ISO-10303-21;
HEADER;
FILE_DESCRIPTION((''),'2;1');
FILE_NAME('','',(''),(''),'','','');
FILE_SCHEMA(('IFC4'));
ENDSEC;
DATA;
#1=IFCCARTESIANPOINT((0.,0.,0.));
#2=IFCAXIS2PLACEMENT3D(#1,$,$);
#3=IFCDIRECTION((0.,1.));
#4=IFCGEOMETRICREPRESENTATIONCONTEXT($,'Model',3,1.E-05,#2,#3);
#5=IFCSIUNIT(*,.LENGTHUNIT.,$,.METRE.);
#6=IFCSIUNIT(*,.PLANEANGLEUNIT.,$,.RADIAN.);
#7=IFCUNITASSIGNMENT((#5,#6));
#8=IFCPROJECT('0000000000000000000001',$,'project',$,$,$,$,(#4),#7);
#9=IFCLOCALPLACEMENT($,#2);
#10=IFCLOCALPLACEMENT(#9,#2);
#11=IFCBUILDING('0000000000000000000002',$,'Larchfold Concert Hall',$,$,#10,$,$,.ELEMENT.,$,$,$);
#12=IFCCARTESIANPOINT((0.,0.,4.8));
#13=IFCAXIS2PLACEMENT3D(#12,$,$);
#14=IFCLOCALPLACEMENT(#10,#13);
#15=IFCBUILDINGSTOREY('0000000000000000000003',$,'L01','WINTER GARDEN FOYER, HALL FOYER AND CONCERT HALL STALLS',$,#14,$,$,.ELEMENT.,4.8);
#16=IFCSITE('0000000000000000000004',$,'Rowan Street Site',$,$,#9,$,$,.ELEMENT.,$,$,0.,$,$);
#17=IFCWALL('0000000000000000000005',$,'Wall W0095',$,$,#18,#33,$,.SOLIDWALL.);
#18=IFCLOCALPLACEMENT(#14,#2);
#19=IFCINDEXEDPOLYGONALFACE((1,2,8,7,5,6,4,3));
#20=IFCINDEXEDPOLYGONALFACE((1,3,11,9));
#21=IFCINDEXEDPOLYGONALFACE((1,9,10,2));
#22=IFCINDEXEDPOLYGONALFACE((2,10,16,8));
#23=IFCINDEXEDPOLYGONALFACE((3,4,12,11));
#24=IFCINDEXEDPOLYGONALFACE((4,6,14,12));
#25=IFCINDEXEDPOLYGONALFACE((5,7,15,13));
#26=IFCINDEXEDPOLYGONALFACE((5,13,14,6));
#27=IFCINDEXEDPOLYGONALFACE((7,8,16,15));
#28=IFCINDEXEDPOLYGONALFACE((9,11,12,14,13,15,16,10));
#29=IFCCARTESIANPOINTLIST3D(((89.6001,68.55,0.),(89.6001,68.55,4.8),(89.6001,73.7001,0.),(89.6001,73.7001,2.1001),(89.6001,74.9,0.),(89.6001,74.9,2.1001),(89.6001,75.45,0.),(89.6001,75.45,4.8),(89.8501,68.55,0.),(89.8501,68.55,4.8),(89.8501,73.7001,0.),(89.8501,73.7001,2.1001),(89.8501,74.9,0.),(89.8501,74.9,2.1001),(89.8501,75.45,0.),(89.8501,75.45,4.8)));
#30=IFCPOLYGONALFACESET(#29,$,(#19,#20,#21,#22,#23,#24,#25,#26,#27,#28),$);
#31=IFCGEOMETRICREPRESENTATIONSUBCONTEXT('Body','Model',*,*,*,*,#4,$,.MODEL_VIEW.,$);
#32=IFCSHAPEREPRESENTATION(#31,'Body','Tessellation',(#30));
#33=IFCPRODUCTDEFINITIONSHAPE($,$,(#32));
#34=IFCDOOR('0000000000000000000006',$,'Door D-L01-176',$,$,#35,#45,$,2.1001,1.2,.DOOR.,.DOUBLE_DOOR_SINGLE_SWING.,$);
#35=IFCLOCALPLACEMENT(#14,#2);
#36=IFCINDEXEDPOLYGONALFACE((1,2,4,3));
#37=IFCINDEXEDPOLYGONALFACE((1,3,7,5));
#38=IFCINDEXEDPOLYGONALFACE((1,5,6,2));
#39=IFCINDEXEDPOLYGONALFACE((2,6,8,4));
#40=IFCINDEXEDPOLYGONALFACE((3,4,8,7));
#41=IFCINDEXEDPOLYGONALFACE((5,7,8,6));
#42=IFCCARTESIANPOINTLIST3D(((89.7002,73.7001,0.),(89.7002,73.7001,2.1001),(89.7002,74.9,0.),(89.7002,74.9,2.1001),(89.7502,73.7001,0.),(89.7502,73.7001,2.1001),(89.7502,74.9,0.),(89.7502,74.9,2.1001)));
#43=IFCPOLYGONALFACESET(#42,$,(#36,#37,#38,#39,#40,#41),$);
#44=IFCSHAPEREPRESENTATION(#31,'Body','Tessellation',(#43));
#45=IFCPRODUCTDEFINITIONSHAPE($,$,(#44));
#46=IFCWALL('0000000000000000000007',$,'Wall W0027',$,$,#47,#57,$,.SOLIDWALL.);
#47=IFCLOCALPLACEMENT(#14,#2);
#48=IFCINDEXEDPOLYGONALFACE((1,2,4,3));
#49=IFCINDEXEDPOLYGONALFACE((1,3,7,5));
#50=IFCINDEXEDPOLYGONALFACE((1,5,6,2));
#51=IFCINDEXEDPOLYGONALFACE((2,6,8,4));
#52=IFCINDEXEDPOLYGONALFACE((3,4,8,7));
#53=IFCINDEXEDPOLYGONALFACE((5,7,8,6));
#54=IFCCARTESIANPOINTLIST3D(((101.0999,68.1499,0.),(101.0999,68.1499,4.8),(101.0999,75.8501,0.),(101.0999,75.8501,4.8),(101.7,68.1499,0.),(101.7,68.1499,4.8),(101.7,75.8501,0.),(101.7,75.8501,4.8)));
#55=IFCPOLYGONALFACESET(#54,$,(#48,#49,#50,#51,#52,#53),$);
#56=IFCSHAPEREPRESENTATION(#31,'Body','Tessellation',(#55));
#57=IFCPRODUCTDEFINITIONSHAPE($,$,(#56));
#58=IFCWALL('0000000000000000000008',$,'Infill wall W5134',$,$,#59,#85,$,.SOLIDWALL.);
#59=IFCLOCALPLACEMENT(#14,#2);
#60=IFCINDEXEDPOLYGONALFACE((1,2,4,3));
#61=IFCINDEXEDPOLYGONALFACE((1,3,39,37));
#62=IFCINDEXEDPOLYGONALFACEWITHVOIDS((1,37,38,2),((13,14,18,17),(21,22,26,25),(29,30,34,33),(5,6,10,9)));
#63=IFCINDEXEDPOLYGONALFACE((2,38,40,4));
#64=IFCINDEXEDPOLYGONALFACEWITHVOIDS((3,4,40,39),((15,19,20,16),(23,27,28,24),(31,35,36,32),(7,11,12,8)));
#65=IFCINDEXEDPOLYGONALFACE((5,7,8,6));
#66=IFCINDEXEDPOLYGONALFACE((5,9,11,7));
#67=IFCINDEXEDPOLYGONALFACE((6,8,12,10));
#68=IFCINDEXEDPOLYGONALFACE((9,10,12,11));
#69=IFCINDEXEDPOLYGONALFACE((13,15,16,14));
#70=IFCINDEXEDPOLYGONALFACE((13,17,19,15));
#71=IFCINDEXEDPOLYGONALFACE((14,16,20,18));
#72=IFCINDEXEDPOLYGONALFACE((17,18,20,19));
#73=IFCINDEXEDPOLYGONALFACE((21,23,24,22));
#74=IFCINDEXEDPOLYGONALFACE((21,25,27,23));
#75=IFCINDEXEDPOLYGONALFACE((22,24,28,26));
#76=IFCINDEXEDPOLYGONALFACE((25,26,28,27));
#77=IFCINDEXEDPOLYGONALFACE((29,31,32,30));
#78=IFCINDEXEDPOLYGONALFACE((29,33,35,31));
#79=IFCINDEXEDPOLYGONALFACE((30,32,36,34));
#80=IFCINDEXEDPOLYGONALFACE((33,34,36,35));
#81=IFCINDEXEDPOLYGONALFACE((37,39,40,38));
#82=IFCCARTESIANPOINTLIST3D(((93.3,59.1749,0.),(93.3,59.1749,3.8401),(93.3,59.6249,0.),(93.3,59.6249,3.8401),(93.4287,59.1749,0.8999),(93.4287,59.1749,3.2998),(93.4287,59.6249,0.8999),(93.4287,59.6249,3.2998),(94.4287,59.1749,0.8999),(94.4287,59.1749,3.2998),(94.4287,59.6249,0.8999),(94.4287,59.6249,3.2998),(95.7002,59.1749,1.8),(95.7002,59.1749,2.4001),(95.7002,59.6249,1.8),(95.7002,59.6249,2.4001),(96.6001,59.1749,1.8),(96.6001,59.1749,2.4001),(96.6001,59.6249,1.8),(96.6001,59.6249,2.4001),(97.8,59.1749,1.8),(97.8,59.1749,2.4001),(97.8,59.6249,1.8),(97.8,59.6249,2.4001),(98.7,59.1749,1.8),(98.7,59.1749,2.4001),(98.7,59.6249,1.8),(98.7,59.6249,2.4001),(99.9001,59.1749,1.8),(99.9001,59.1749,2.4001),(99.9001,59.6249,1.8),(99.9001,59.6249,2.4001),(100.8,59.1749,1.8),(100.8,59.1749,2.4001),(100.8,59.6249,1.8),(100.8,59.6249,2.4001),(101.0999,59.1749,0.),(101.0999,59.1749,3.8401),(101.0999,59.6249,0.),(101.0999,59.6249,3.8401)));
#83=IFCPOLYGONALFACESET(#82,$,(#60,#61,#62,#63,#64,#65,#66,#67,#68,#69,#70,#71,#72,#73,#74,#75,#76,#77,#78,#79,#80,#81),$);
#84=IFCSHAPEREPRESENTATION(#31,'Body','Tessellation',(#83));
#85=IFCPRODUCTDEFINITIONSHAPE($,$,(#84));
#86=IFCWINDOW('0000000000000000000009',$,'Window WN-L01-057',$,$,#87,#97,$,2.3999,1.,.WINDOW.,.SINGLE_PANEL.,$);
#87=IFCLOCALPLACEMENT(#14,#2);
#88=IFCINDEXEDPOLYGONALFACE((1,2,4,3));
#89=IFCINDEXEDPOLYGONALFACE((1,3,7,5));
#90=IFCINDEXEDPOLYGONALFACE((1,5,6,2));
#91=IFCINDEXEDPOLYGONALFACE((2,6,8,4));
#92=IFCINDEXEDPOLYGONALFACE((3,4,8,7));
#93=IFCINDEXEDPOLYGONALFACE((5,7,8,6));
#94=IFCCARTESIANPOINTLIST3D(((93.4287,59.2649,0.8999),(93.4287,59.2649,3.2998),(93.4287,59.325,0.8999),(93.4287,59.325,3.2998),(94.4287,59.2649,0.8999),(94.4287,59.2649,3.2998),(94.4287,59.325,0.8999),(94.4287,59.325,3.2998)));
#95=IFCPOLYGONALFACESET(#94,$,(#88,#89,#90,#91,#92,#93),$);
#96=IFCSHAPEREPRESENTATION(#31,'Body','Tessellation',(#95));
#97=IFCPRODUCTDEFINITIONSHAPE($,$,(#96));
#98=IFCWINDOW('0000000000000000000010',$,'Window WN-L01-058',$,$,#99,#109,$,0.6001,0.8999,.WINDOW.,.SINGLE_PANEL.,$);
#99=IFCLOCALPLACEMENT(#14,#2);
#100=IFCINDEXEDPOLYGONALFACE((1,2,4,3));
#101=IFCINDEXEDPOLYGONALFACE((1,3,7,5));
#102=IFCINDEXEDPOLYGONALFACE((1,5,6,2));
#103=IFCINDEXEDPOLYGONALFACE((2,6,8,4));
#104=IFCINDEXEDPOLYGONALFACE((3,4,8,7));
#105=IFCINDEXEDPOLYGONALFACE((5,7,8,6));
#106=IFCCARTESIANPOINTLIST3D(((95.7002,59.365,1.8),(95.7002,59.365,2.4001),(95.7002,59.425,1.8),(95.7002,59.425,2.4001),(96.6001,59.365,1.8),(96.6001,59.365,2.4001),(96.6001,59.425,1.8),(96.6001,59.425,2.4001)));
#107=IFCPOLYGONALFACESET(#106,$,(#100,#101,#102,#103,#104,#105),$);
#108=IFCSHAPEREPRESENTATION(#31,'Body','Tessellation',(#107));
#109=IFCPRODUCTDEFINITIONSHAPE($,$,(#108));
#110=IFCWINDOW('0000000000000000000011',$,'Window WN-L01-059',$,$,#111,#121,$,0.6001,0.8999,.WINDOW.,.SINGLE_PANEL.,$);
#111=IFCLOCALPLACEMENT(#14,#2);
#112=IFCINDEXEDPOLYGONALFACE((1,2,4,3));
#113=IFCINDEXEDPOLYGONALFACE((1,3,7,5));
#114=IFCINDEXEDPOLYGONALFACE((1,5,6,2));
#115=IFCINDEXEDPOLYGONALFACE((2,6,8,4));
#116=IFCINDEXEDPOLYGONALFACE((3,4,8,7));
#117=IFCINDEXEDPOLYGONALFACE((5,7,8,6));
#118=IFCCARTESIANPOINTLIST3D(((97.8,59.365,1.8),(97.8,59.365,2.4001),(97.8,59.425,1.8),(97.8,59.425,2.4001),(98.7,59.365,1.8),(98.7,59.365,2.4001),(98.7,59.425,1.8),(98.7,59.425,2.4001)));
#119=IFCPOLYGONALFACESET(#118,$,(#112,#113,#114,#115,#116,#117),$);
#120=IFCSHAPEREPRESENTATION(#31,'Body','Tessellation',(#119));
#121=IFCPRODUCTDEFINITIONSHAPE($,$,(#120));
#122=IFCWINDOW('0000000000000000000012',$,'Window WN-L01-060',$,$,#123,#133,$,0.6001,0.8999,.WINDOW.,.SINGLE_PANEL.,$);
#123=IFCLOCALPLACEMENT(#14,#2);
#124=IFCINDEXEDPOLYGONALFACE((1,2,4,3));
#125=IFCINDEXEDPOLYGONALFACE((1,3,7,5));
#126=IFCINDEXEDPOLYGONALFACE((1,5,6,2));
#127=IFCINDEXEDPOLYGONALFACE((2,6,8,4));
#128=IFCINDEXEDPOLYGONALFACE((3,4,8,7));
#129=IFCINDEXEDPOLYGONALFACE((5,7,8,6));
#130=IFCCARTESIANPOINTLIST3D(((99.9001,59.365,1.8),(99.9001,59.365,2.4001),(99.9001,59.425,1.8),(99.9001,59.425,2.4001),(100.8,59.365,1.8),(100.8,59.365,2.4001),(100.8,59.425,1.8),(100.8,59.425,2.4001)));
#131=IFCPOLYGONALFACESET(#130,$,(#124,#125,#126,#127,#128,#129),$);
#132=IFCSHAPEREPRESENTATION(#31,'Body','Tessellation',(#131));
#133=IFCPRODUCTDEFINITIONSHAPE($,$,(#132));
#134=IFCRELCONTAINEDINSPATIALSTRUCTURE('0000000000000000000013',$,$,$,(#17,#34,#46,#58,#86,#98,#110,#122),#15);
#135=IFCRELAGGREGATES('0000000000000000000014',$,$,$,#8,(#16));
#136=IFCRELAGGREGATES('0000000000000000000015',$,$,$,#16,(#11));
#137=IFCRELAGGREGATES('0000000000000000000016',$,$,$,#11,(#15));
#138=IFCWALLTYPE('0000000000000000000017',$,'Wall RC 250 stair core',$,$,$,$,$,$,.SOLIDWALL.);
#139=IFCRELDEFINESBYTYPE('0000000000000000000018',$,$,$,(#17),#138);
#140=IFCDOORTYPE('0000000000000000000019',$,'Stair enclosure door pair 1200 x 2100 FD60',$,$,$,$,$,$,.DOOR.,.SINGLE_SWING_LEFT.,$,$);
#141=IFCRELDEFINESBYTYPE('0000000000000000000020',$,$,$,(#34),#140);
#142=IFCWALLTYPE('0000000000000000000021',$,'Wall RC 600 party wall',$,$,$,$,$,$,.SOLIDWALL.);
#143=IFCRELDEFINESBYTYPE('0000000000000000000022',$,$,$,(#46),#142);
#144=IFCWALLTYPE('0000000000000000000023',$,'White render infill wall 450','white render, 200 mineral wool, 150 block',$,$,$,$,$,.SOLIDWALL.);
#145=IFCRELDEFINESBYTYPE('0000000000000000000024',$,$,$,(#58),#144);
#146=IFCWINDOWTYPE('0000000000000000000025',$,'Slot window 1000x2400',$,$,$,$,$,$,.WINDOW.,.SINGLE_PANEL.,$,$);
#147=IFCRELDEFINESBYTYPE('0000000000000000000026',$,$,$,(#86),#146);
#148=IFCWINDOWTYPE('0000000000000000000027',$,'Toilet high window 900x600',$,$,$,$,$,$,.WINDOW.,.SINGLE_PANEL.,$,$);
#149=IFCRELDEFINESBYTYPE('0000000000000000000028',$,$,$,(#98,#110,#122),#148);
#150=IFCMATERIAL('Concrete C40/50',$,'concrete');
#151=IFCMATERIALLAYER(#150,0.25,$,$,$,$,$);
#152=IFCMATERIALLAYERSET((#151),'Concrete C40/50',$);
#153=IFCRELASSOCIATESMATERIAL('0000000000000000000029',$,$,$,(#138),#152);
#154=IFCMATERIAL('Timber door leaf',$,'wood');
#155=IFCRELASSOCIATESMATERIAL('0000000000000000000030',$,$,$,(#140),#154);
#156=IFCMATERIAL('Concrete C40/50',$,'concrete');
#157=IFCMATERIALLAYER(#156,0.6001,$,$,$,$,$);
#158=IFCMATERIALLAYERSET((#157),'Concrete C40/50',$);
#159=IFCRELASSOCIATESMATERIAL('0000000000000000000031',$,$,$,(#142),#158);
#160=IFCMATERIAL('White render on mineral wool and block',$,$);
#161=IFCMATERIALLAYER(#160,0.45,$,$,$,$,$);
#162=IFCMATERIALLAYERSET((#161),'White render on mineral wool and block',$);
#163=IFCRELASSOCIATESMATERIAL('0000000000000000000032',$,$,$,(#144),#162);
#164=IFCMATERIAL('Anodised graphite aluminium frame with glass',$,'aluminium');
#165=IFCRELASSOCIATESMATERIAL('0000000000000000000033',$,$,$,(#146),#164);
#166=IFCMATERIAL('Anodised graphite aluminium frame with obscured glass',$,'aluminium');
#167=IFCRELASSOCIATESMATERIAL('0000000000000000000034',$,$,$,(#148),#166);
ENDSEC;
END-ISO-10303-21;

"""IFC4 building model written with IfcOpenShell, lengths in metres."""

from ifc_helpers import new_model, si_unit, direction, frame, frame_2d, origin, place, context, subcontext, project, spatial, rectangle, extrude, material, layer, layer_set, type_object, element, fill, save


model = new_model("IFC4")

# Units and contexts
model_context = context("Model", 3, precision=1e-05, world=origin(), true_north=direction((0.0, 1.0)))
body_context = subcontext(model_context, "Body", "Model", "MODEL_VIEW")
ifc_project = project(units=[si_unit("LENGTHUNIT", "METRE"), si_unit("PLANEANGLEUNIT", "RADIAN")], contexts=[model_context])

# Site, building, storey
site_placement = place(None, origin())
site = spatial("IfcSite", under=ifc_project, at=site_placement, Name="Rowan Street Site", CompositionType="ELEMENT", RefElevation=0.0)
building_placement = place(site_placement, origin())
building = spatial("IfcBuilding", under=site, at=building_placement, Name="Larchfold Concert Hall", CompositionType="ELEMENT")
storey_placement = place(building_placement, frame((0.0, 0.0, 4.8)))
storey = spatial("IfcBuildingStorey", under=building, at=storey_placement, Name="L01", Description="WINTER GARDEN FOYER, HALL FOYER AND CONCERT HALL STALLS", CompositionType="ELEMENT", Elevation=4.8)

# Wall, opening, door
ifc_material_1 = material(Name="Concrete C40/50", Category="concrete")
ifc_layer_1 = layer(ifc_material_1, 0.25)
ifc_layer_set_1 = layer_set([ifc_layer_1], Name="Concrete C40/50")
wall_type_1 = type_object("IfcWallType", Name="Wall RC 250 stair core", PredefinedType="SOLIDWALL", material=ifc_layer_set_1)
wall_1_placement = place(storey_placement, frame((89.7251, 68.55, 0.0), z_axis=(0.0, 0.0, 1.0), x_axis=(0.0, 1.0, 0.0)))
wall_1 = element("IfcWall", 1, at=wall_1_placement, inside=storey, type_object=wall_type_1, Name="Wall W0095", PredefinedType="SOLIDWALL", context=body_context, shape_type="SweptSolid", body=[
    extrude(rectangle(XDim=6.8999, YDim=0.25, at=frame_2d((3.45, 0.0))), origin(), (0.0, 0.0, 1.0), 4.8),
])
opening_1_placement = place(wall_1_placement, frame((5.1499, 0.0, 0.0)))
opening_1 = element("IfcOpeningElement", 2, at=opening_1_placement, cuts=wall_1, PredefinedType="OPENING", context=body_context, shape_type="SweptSolid", body=[
    extrude(rectangle(XDim=1.2, YDim=2.1001, at=frame_2d((0.6001, 1.05))), frame((0.0, 0.135, 0.0), z_axis=(0.0, -1.0, 0.0), x_axis=(1.0, 0.0, 0.0)), (0.0, 0.0, 1.0), 0.27),
])
ifc_material_2 = material(Name="Timber door leaf", Category="wood")
door_type = type_object("IfcDoorType", Name="Stair enclosure door pair 1200 x 2100 FD60", OperationType="SINGLE_SWING_LEFT", PredefinedType="DOOR", material=ifc_material_2)
door_placement = place(opening_1_placement, origin())
door = element("IfcDoor", 3, at=door_placement, inside=storey, type_object=door_type, Name="Door D-L01-176", OperationType="DOUBLE_DOOR_SINGLE_SWING", OverallHeight=2.1001, OverallWidth=1.2, PredefinedType="DOOR", context=body_context, shape_type="SweptSolid", body=[
    extrude(rectangle(XDim=1.2, YDim=2.1001, at=frame_2d((0.6001, 1.05))), frame((0.0, 0.0249, 0.0), z_axis=(0.0, -1.0, 0.0), x_axis=(1.0, 0.0, 0.0)), (0.0, 0.0, 1.0), 0.05),
])
fill(opening_1, door)

# Wall
ifc_material_3 = material(Name="Concrete C40/50", Category="concrete")
ifc_layer_2 = layer(ifc_material_3, 0.6001)
ifc_layer_set_2 = layer_set([ifc_layer_2], Name="Concrete C40/50")
wall_type_2 = type_object("IfcWallType", Name="Wall RC 600 party wall", PredefinedType="SOLIDWALL", material=ifc_layer_set_2)
wall_2_placement = place(storey_placement, frame((101.3999, 68.1499, 0.0), z_axis=(0.0, 0.0, 1.0), x_axis=(0.0, 1.0, 0.0)))
element("IfcWall", 4, at=wall_2_placement, inside=storey, type_object=wall_type_2, Name="Wall W0027", PredefinedType="SOLIDWALL", context=body_context, shape_type="SweptSolid", body=[
    extrude(rectangle(XDim=7.7002, YDim=0.6001, at=frame_2d((3.8501, 0.0))), origin(), (0.0, 0.0, 1.0), 4.8),
])

# Wall, openings, windows
ifc_material_4 = material(Name="White render on mineral wool and block")
ifc_layer_3 = layer(ifc_material_4, 0.45)
ifc_layer_set_3 = layer_set([ifc_layer_3], Name="White render on mineral wool and block")
wall_type_3 = type_object("IfcWallType", Name="White render infill wall 450", Description="white render, 200 mineral wool, 150 block", PredefinedType="SOLIDWALL", material=ifc_layer_set_3)
wall_3_placement = place(storey_placement, frame((101.0999, 59.3999, 0.0), z_axis=(0.0, 0.0, 1.0), x_axis=(-1.0, 0.0, 0.0)))
wall_3 = element("IfcWall", 5, at=wall_3_placement, inside=storey, type_object=wall_type_3, Name="Infill wall W5134", PredefinedType="SOLIDWALL", context=body_context, shape_type="SweptSolid", body=[
    extrude(rectangle(XDim=7.7998, YDim=0.45, at=frame_2d((3.8999, 0.0))), origin(), (0.0, 0.0, 1.0), 3.8401),
])
opening_2_placement = place(wall_3_placement, frame((6.6711, 0.0, 0.8999)))
opening_2 = element("IfcOpeningElement", 6, at=opening_2_placement, cuts=wall_3, PredefinedType="OPENING", context=body_context, shape_type="SweptSolid", body=[
    extrude(rectangle(XDim=1.0, YDim=2.3999, at=frame_2d((0.5, 1.2))), frame((0.0, 0.2349, 0.0), z_axis=(0.0, -1.0, 0.0), x_axis=(1.0, 0.0, 0.0)), (0.0, 0.0, 1.0), 0.47),
])
opening_3_placement = place(wall_3_placement, frame((4.4998, 0.0, 1.8)))
opening_3 = element("IfcOpeningElement", 7, at=opening_3_placement, cuts=wall_3, PredefinedType="OPENING", context=body_context, shape_type="SweptSolid", body=[
    extrude(rectangle(XDim=0.8999, YDim=0.6001, at=frame_2d((0.45, 0.3))), frame((0.0, 0.2349, 0.0), z_axis=(0.0, -1.0, 0.0), x_axis=(1.0, 0.0, 0.0)), (0.0, 0.0, 1.0), 0.47),
])
opening_4_placement = place(wall_3_placement, frame((2.3999, 0.0, 1.8)))
opening_4 = element("IfcOpeningElement", 8, at=opening_4_placement, cuts=wall_3, PredefinedType="OPENING", context=body_context, shape_type="SweptSolid", body=[
    extrude(rectangle(XDim=0.8999, YDim=0.6001, at=frame_2d((0.45, 0.3))), frame((0.0, 0.2349, 0.0), z_axis=(0.0, -1.0, 0.0), x_axis=(1.0, 0.0, 0.0)), (0.0, 0.0, 1.0), 0.47),
])
opening_5_placement = place(wall_3_placement, frame((0.2998, 0.0, 1.8)))
opening_5 = element("IfcOpeningElement", 9, at=opening_5_placement, cuts=wall_3, PredefinedType="OPENING", context=body_context, shape_type="SweptSolid", body=[
    extrude(rectangle(XDim=0.8999, YDim=0.6001, at=frame_2d((0.45, 0.3))), frame((0.0, 0.2349, 0.0), z_axis=(0.0, -1.0, 0.0), x_axis=(1.0, 0.0, 0.0)), (0.0, 0.0, 1.0), 0.47),
])
ifc_material_5 = material(Name="Anodised graphite aluminium frame with glass", Category="aluminium")
window_type_1 = type_object("IfcWindowType", Name="Slot window 1000x2400", PartitioningType="SINGLE_PANEL", PredefinedType="WINDOW", material=ifc_material_5)
window_1_placement = place(opening_2_placement, origin())
window_1 = element("IfcWindow", 10, at=window_1_placement, inside=storey, type_object=window_type_1, Name="Window WN-L01-057", OverallHeight=2.3999, OverallWidth=1.0, PartitioningType="SINGLE_PANEL", PredefinedType="WINDOW", context=body_context, shape_type="SweptSolid", body=[
    extrude(rectangle(XDim=1.0, YDim=2.3999, at=frame_2d((0.5, 1.2))), frame((0.0, 0.135, 0.0), z_axis=(0.0, -1.0, 0.0), x_axis=(1.0, 0.0, 0.0)), (0.0, 0.0, 1.0), 0.0601),
])
fill(opening_2, window_1)
ifc_material_6 = material(Name="Anodised graphite aluminium frame with obscured glass", Category="aluminium")
window_type_2 = type_object("IfcWindowType", Name="Toilet high window 900x600", PartitioningType="SINGLE_PANEL", PredefinedType="WINDOW", material=ifc_material_6)
window_2_placement = place(opening_3_placement, origin())
window_2 = element("IfcWindow", 11, at=window_2_placement, inside=storey, type_object=window_type_2, Name="Window WN-L01-058", OverallHeight=0.6001, OverallWidth=0.8999, PartitioningType="SINGLE_PANEL", PredefinedType="WINDOW", context=body_context, shape_type="SweptSolid", body=[
    extrude(rectangle(XDim=0.8999, YDim=0.6001, at=frame_2d((0.45, 0.3))), frame((0.0, 0.0349, 0.0), z_axis=(0.0, -1.0, 0.0), x_axis=(1.0, 0.0, 0.0)), (0.0, 0.0, 1.0), 0.0601),
])
fill(opening_3, window_2)
window_3_placement = place(opening_4_placement, origin())
window_3 = element("IfcWindow", 12, at=window_3_placement, inside=storey, type_object=window_type_2, Name="Window WN-L01-059", OverallHeight=0.6001, OverallWidth=0.8999, PartitioningType="SINGLE_PANEL", PredefinedType="WINDOW", context=body_context, shape_type="SweptSolid", body=[
    extrude(rectangle(XDim=0.8999, YDim=0.6001, at=frame_2d((0.45, 0.3))), frame((0.0, 0.0349, 0.0), z_axis=(0.0, -1.0, 0.0), x_axis=(1.0, 0.0, 0.0)), (0.0, 0.0, 1.0), 0.0601),
])
fill(opening_4, window_3)
window_4_placement = place(opening_5_placement, origin())
window_4 = element("IfcWindow", 13, at=window_4_placement, inside=storey, type_object=window_type_2, Name="Window WN-L01-060", OverallHeight=0.6001, OverallWidth=0.8999, PartitioningType="SINGLE_PANEL", PredefinedType="WINDOW", context=body_context, shape_type="SweptSolid", body=[
    extrude(rectangle(XDim=0.8999, YDim=0.6001, at=frame_2d((0.45, 0.3))), frame((0.0, 0.0349, 0.0), z_axis=(0.0, -1.0, 0.0), x_axis=(1.0, 0.0, 0.0)), (0.0, 0.0, 1.0), 0.0601),
])
fill(opening_5, window_4)

save(model, "model.ifc")
